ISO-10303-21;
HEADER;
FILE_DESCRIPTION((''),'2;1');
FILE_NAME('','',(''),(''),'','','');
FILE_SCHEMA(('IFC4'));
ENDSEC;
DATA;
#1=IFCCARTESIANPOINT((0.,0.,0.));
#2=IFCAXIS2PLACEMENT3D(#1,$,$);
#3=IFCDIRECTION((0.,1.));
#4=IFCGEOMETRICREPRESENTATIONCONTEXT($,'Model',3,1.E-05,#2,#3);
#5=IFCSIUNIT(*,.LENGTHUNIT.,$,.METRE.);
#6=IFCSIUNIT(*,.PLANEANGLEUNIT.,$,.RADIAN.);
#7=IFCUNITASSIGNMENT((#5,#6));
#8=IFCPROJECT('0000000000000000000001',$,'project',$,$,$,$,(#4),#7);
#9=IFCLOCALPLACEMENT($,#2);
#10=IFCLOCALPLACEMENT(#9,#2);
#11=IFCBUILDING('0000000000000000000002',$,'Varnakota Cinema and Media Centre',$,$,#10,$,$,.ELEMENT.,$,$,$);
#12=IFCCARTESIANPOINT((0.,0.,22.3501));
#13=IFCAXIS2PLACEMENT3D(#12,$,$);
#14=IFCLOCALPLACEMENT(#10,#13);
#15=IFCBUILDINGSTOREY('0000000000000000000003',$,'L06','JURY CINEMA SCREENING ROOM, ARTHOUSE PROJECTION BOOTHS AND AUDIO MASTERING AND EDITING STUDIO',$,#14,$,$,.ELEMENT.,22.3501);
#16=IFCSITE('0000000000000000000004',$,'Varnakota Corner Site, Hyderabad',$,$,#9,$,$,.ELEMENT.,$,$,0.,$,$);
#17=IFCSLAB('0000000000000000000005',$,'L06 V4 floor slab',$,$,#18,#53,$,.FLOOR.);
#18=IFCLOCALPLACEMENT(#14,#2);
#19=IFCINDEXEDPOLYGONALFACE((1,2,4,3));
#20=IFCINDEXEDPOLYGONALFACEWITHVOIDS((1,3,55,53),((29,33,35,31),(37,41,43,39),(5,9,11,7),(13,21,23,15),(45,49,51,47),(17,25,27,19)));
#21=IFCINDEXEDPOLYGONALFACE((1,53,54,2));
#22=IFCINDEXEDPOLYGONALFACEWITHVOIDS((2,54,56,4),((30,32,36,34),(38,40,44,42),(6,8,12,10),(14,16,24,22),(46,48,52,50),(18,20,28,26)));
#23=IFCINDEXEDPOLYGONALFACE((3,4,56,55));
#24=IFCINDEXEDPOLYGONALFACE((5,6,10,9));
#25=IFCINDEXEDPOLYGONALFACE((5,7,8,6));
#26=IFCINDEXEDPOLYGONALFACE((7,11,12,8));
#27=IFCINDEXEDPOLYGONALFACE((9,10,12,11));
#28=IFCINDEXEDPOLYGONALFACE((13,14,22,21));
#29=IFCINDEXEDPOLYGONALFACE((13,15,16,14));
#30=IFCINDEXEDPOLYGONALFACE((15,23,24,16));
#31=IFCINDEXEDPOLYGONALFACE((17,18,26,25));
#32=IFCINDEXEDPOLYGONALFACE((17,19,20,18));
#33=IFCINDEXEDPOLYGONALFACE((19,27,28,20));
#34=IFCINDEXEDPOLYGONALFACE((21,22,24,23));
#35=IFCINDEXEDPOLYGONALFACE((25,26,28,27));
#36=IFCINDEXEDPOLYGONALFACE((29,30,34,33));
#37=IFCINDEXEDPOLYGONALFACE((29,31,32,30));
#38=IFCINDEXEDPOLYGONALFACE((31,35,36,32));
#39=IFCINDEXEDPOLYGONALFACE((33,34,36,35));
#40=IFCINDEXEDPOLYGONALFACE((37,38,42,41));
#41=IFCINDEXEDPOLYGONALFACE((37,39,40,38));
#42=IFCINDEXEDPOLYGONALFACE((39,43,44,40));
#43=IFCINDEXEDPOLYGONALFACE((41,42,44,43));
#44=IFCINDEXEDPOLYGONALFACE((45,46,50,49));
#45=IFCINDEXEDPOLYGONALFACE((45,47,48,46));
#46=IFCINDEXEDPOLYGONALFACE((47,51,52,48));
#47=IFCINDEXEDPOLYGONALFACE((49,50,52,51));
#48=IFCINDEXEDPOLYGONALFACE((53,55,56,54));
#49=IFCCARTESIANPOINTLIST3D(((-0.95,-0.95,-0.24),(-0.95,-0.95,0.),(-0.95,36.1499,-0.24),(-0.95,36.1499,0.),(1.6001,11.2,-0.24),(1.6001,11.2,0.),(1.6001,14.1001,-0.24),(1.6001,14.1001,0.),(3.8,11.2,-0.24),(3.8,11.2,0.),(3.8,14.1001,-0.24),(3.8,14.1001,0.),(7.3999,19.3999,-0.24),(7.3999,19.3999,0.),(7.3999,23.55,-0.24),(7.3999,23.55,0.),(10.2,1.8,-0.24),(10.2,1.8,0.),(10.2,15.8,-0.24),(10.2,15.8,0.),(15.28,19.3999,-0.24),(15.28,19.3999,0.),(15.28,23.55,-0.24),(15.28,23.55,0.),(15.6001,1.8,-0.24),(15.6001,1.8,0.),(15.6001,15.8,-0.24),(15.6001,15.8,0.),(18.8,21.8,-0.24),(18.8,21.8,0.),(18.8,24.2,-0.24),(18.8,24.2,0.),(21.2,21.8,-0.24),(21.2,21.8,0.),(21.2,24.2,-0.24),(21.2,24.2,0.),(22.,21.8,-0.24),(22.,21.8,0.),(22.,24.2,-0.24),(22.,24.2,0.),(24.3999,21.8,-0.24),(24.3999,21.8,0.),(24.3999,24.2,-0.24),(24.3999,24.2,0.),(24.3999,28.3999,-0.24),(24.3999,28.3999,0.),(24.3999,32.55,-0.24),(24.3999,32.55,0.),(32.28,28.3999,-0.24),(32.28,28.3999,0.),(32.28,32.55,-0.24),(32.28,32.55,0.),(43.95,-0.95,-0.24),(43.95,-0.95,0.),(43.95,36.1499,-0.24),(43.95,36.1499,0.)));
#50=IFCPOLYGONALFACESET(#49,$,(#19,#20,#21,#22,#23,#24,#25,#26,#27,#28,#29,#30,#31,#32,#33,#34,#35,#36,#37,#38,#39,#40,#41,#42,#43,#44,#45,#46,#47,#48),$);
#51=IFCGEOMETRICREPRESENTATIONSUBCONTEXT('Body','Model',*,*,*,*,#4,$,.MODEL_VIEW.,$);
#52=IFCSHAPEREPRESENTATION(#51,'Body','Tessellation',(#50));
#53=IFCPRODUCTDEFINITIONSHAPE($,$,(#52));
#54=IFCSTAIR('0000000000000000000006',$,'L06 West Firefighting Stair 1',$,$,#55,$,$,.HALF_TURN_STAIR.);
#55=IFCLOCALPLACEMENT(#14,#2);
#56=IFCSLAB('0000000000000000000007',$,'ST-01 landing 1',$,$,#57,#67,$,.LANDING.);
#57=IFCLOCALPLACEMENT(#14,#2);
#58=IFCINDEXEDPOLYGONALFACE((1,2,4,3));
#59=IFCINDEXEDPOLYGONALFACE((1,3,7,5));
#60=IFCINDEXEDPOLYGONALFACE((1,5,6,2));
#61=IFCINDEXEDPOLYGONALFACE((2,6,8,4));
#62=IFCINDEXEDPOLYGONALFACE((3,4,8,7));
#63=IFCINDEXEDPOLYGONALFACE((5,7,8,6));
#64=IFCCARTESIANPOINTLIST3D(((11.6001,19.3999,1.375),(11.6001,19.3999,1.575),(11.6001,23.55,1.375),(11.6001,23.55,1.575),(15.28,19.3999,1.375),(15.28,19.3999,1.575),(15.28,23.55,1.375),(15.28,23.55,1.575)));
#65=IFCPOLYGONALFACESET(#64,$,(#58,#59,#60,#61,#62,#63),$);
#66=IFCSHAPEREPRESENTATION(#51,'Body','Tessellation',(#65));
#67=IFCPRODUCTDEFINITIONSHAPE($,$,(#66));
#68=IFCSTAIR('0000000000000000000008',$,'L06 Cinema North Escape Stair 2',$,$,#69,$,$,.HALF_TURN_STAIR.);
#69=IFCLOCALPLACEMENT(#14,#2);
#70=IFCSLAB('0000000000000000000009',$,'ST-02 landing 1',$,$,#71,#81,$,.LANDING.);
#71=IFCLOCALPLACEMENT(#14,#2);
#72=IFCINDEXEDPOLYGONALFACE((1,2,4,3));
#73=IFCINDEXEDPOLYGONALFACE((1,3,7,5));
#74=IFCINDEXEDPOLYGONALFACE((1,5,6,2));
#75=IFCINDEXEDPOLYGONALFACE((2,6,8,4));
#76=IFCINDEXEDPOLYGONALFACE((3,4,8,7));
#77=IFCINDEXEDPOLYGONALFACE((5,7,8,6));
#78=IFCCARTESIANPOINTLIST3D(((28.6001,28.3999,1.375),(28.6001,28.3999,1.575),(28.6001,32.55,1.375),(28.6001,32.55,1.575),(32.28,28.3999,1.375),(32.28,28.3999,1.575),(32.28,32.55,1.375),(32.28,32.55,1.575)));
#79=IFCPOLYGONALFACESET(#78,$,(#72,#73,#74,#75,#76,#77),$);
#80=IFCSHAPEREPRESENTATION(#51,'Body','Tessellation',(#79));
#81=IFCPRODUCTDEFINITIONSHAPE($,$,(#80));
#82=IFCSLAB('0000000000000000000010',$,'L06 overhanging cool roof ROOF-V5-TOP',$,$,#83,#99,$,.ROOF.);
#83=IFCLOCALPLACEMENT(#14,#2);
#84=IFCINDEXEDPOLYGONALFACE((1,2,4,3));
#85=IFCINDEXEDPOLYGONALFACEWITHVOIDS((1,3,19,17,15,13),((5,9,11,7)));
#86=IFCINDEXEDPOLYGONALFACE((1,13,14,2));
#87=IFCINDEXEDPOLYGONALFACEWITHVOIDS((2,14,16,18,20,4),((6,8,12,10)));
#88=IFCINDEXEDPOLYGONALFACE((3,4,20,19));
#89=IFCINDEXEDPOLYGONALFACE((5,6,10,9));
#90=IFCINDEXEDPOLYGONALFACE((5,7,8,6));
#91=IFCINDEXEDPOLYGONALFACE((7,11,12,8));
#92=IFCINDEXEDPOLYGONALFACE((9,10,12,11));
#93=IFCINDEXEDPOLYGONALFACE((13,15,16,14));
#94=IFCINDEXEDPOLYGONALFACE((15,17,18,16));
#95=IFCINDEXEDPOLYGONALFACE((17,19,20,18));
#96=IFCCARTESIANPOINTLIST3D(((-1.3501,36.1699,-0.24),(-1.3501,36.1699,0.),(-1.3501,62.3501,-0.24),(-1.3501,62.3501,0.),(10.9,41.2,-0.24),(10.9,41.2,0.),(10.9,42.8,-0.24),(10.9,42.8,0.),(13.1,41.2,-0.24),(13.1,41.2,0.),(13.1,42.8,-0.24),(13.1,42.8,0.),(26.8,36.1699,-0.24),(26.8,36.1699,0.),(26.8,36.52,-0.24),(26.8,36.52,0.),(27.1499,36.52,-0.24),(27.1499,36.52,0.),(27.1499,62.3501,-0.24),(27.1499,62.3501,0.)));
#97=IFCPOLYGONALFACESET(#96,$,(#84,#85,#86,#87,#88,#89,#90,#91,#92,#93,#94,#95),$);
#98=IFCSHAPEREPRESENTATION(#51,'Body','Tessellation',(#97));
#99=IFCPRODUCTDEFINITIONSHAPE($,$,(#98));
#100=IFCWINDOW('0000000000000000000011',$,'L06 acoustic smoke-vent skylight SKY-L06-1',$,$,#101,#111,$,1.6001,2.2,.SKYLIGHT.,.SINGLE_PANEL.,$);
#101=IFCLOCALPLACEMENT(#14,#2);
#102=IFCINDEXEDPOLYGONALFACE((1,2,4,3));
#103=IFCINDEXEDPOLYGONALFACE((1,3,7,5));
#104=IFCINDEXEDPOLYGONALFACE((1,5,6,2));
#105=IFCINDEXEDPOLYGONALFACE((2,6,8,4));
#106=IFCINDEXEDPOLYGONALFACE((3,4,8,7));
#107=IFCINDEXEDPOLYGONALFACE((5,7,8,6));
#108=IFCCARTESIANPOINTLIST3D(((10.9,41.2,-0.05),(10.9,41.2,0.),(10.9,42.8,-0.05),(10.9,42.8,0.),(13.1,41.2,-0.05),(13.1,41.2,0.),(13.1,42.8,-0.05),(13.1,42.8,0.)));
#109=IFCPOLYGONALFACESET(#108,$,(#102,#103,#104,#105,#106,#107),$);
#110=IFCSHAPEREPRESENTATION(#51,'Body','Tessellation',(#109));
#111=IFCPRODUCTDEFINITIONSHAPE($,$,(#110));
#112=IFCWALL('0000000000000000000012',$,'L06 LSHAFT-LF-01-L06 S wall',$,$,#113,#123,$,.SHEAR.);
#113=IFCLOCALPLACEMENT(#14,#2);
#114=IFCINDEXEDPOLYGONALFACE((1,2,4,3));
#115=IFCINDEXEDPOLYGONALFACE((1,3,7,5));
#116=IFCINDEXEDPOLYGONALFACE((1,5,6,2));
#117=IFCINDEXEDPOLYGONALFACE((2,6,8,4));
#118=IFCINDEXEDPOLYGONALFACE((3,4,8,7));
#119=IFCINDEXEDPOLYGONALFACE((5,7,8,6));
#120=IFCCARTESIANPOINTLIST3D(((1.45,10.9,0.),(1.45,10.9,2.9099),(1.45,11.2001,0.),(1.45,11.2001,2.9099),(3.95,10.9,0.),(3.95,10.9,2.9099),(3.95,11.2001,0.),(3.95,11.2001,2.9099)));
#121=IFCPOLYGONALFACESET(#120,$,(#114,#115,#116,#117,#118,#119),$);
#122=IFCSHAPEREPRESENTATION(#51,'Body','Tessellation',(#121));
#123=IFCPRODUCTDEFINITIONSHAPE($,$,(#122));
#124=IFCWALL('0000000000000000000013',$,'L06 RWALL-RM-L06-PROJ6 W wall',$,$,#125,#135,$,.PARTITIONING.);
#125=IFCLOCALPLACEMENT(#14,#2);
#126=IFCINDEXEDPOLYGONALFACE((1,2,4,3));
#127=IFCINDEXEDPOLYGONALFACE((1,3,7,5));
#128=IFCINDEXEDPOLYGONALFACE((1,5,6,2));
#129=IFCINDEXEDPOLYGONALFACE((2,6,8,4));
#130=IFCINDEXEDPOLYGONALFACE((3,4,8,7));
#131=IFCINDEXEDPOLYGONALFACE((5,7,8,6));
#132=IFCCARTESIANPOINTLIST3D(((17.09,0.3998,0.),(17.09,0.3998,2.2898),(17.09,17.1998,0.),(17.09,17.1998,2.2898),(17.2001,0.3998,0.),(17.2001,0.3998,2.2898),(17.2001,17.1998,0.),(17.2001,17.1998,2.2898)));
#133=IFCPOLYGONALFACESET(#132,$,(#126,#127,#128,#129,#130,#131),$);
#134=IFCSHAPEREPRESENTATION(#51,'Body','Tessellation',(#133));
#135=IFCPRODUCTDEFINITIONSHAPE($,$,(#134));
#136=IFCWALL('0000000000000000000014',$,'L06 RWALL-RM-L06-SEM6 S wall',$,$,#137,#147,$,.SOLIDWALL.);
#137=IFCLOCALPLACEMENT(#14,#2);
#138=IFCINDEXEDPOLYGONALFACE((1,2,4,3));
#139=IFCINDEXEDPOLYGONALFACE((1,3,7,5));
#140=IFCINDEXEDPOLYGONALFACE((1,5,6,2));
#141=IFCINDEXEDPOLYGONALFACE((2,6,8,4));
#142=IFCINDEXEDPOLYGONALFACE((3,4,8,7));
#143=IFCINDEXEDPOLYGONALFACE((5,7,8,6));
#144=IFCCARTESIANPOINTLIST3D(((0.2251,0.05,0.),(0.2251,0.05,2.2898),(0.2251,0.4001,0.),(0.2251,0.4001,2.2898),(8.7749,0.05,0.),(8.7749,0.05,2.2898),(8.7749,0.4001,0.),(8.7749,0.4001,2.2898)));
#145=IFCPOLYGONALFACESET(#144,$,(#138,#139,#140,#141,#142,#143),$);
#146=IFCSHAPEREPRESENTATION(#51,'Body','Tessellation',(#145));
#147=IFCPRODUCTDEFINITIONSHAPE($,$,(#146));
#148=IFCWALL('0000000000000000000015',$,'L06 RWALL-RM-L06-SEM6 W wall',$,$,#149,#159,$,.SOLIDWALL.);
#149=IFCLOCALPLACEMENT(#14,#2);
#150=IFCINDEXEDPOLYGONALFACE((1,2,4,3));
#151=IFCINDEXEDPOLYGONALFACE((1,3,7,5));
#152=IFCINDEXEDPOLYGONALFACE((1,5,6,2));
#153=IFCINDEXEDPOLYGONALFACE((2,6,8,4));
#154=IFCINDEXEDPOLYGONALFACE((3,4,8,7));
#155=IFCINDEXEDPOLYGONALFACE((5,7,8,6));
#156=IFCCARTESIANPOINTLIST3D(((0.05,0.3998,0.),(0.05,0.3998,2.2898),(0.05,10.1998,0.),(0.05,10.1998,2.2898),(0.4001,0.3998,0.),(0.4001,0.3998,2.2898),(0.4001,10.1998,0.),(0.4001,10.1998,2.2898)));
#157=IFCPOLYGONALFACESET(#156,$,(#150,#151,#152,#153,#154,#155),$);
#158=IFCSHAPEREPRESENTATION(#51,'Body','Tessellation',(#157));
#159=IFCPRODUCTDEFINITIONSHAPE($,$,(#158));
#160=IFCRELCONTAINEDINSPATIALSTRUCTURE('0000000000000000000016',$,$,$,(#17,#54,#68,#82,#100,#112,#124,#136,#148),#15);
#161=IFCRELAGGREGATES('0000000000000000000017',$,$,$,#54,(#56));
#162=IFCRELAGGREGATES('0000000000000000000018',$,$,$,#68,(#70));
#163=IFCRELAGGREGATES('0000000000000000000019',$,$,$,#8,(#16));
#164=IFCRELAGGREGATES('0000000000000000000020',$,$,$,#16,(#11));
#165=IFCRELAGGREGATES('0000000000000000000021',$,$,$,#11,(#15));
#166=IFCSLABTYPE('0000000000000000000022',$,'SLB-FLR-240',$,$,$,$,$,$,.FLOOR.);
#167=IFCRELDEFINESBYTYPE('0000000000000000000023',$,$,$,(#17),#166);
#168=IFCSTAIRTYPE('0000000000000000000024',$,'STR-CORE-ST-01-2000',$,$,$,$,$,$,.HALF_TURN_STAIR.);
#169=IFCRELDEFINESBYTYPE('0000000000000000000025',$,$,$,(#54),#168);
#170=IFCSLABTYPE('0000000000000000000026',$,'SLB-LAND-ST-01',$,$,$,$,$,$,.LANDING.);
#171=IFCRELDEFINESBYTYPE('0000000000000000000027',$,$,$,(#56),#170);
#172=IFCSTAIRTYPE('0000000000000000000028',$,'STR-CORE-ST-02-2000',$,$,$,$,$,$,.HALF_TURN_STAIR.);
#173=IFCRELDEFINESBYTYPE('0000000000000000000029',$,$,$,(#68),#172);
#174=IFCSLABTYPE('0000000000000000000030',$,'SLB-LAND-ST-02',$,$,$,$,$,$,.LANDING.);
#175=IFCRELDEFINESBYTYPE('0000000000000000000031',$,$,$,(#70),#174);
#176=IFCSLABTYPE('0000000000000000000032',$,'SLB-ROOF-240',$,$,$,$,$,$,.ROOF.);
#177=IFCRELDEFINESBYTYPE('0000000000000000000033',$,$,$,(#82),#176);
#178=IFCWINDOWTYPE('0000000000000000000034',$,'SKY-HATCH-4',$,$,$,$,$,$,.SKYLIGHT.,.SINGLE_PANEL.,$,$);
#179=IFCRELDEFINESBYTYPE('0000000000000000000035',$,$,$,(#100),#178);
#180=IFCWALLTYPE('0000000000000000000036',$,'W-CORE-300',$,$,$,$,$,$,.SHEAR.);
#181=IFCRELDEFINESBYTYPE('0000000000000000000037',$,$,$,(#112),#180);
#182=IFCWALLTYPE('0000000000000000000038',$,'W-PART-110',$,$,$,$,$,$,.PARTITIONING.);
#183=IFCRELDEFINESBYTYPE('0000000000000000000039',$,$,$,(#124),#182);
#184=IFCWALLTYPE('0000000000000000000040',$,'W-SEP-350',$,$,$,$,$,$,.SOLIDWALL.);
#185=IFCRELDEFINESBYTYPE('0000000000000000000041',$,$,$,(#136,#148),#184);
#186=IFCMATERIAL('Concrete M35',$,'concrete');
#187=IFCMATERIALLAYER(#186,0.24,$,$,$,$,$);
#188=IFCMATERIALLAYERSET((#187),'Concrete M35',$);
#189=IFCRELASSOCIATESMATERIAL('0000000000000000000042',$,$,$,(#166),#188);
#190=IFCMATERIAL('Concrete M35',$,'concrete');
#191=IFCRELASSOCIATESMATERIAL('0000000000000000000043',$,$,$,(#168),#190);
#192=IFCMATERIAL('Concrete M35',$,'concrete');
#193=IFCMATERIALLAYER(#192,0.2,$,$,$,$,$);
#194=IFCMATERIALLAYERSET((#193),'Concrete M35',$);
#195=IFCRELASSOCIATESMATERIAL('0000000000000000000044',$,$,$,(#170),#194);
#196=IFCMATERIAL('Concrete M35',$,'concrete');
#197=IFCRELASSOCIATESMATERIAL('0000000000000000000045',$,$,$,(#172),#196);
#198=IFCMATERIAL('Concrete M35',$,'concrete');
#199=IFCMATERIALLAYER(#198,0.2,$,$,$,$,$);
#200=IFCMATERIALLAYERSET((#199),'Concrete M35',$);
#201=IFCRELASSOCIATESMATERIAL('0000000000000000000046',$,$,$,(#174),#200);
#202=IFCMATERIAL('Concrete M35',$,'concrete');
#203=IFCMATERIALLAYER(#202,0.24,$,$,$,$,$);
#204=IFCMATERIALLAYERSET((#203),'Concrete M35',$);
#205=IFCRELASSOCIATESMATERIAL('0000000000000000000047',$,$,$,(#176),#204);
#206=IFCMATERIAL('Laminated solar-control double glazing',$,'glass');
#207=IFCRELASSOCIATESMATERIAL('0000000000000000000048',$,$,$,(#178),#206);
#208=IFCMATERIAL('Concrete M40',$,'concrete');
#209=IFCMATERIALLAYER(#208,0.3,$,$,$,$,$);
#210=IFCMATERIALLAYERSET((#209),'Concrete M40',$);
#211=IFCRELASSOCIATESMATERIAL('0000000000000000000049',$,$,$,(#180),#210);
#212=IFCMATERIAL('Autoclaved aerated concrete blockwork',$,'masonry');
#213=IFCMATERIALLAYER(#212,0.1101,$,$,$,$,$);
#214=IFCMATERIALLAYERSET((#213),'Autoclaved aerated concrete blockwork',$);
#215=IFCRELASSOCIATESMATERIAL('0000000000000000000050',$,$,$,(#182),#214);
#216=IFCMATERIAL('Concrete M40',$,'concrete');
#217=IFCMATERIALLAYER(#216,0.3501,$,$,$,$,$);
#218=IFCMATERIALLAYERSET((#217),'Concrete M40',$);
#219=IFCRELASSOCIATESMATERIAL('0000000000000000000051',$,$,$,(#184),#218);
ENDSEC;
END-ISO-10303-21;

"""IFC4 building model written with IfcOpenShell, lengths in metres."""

from ifc_helpers import new_model, si_unit, direction, frame, frame_2d, origin, origin_2d, place, context, subcontext, project, spatial, polyline, rectangle, outline, extrude, material, layer, layer_set, type_object, element, fill, aggregate, save


model = new_model("IFC4")

# Units and contexts
model_context = context("Model", 3, precision=1e-05, world=origin(), true_north=direction((0.0, 1.0)))
body_context = subcontext(model_context, "Body", "Model", "MODEL_VIEW")
ifc_project = project(units=[si_unit("LENGTHUNIT", "METRE"), si_unit("PLANEANGLEUNIT", "RADIAN")], contexts=[model_context])

# Site, building, storey
site_placement = place(None, origin())
site = spatial("IfcSite", under=ifc_project, at=site_placement, Name="Varnakota Corner Site, Hyderabad", CompositionType="ELEMENT", RefElevation=0.0)
building_placement = place(site_placement, origin())
building = spatial("IfcBuilding", under=site, at=building_placement, Name="Varnakota Cinema and Media Centre", CompositionType="ELEMENT")
storey_placement = place(building_placement, frame((0.0, 0.0, 22.3501)))
storey = spatial("IfcBuildingStorey", under=building, at=storey_placement, Name="L06", Description="JURY CINEMA SCREENING ROOM, ARTHOUSE PROJECTION BOOTHS AND AUDIO MASTERING AND EDITING STUDIO", CompositionType="ELEMENT", Elevation=22.3501)

# Slab
ifc_material_1 = material(Name="Concrete M35", Category="concrete")
ifc_layer_1 = layer(ifc_material_1, 0.24)
ifc_layer_set_1 = layer_set([ifc_layer_1], Name="Concrete M35")
slab_type_1 = type_object("IfcSlabType", Name="SLB-FLR-240", PredefinedType="FLOOR", material=ifc_layer_set_1)
slab_1_placement = place(storey_placement, frame((0.0, 0.0, -0.24)))
element("IfcSlab", 1, at=slab_1_placement, inside=storey, type_object=slab_type_1, Name="L06 V4 floor slab", PredefinedType="FLOOR", context=body_context, shape_type="SweptSolid", body=[
    extrude(outline(polyline([(-0.95, -0.95), (43.95, -0.95), (43.95, 36.1499), (-0.95, 36.1499), (-0.95, -0.95)]), holes=[polyline([(10.2, 1.8), (15.6001, 1.8), (15.6001, 15.8), (10.2, 15.8), (10.2, 1.8)]), polyline([(7.3999, 19.3999), (15.28, 19.3999), (15.28, 23.55), (7.3999, 23.55), (7.3999, 19.3999)]), polyline([(24.3999, 28.3999), (32.28, 28.3999), (32.28, 32.55), (24.3999, 32.55), (24.3999, 28.3999)]), polyline([(1.6001, 11.2), (3.8, 11.2), (3.8, 14.1001), (1.6001, 14.1001), (1.6001, 11.2)]), polyline([(18.8, 21.8), (21.2, 21.8), (21.2, 24.2), (18.8, 24.2), (18.8, 21.8)]), polyline([(22.0, 21.8), (24.3999, 21.8), (24.3999, 24.2), (22.0, 24.2), (22.0, 21.8)])]), origin(), (0.0, 0.0, 1.0), 0.24),
])

# Stairs, slabs
ifc_material_2 = material(Name="Concrete M35", Category="concrete")
stair_type_1 = type_object("IfcStairType", Name="STR-CORE-ST-01-2000", PredefinedType="HALF_TURN_STAIR", material=ifc_material_2)
stair_1_placement = place(storey_placement, origin())
stair_1 = element("IfcStair", 2, at=stair_1_placement, inside=storey, type_object=stair_type_1, Name="L06 West Firefighting Stair 1", PredefinedType="HALF_TURN_STAIR")
ifc_material_3 = material(Name="Concrete M35", Category="concrete")
ifc_layer_2 = layer(ifc_material_3, 0.2)
ifc_layer_set_2 = layer_set([ifc_layer_2], Name="Concrete M35")
slab_type_2 = type_object("IfcSlabType", Name="SLB-LAND-ST-01", PredefinedType="LANDING", material=ifc_layer_set_2)
slab_2_placement = place(storey_placement, frame((0.0, 0.0, 1.375)))
slab_2 = element("IfcSlab", 3, at=slab_2_placement, type_object=slab_type_2, Name="ST-01 landing 1", PredefinedType="LANDING", context=body_context, shape_type="SweptSolid", body=[
    extrude(outline(polyline([(11.6001, 19.3999), (15.28, 19.3999), (15.28, 23.55), (11.6001, 23.55), (11.6001, 19.3999)])), origin(), (0.0, 0.0, 1.0), 0.2),
])
aggregate(stair_1, [slab_2])
ifc_material_4 = material(Name="Concrete M35", Category="concrete")
stair_type_2 = type_object("IfcStairType", Name="STR-CORE-ST-02-2000", PredefinedType="HALF_TURN_STAIR", material=ifc_material_4)
stair_2_placement = place(storey_placement, origin())
stair_2 = element("IfcStair", 4, at=stair_2_placement, inside=storey, type_object=stair_type_2, Name="L06 Cinema North Escape Stair 2", PredefinedType="HALF_TURN_STAIR")
ifc_material_5 = material(Name="Concrete M35", Category="concrete")
ifc_layer_3 = layer(ifc_material_5, 0.2)
ifc_layer_set_3 = layer_set([ifc_layer_3], Name="Concrete M35")
slab_type_3 = type_object("IfcSlabType", Name="SLB-LAND-ST-02", PredefinedType="LANDING", material=ifc_layer_set_3)
slab_3_placement = place(storey_placement, frame((0.0, 0.0, 1.375)))
slab_3 = element("IfcSlab", 5, at=slab_3_placement, type_object=slab_type_3, Name="ST-02 landing 1", PredefinedType="LANDING", context=body_context, shape_type="SweptSolid", body=[
    extrude(outline(polyline([(28.6001, 28.3999), (32.28, 28.3999), (32.28, 32.55), (28.6001, 32.55), (28.6001, 28.3999)])), origin(), (0.0, 0.0, 1.0), 0.2),
])
aggregate(stair_2, [slab_3])

# Slab, opening, window
ifc_material_6 = material(Name="Concrete M35", Category="concrete")
ifc_layer_4 = layer(ifc_material_6, 0.24)
ifc_layer_set_4 = layer_set([ifc_layer_4], Name="Concrete M35")
slab_type_4 = type_object("IfcSlabType", Name="SLB-ROOF-240", PredefinedType="ROOF", material=ifc_layer_set_4)
slab_4_placement = place(storey_placement, frame((0.0, 0.0, -0.24)))
slab_4 = element("IfcSlab", 6, at=slab_4_placement, inside=storey, type_object=slab_type_4, Name="L06 overhanging cool roof ROOF-V5-TOP", PredefinedType="ROOF", context=body_context, shape_type="SweptSolid", body=[
    extrude(outline(polyline([(-1.3501, 36.1699), (26.8, 36.1699), (26.8, 36.52), (27.1499, 36.52), (27.1499, 62.3501), (-1.3501, 62.3501), (-1.3501, 36.1699)])), origin(), (0.0, 0.0, 1.0), 0.24),
])
opening_1_placement = place(slab_4_placement, frame((12.0, 42.0, 0.0)))
opening_1 = element("IfcOpeningElement", 7, at=opening_1_placement, cuts=slab_4, PredefinedType="OPENING", context=body_context, shape_type="SweptSolid", body=[
    extrude(rectangle(XDim=2.2, YDim=1.6001, at=origin_2d()), origin(), (0.0, 0.0, 1.0), 0.24),
])
ifc_material_7 = material(Name="Laminated solar-control double glazing", Category="glass")
window_type = type_object("IfcWindowType", Name="SKY-HATCH-4", PartitioningType="SINGLE_PANEL", PredefinedType="SKYLIGHT", material=ifc_material_7)
window_placement = place(opening_1_placement, frame((0.0, 0.0, 0.1899)))
window = element("IfcWindow", 8, at=window_placement, inside=storey, type_object=window_type, Name="L06 acoustic smoke-vent skylight SKY-L06-1", OverallHeight=1.6001, OverallWidth=2.2, PartitioningType="SINGLE_PANEL", PredefinedType="SKYLIGHT", context=body_context, shape_type="SweptSolid", body=[
    extrude(rectangle(XDim=2.2, YDim=1.6001, at=origin_2d()), origin(), (0.0, 0.0, 1.0), 0.05),
])
fill(opening_1, window)

# Walls
ifc_material_8 = material(Name="Concrete M40", Category="concrete")
ifc_layer_5 = layer(ifc_material_8, 0.3)
ifc_layer_set_5 = layer_set([ifc_layer_5], Name="Concrete M40")
wall_type_1 = type_object("IfcWallType", Name="W-CORE-300", PredefinedType="SHEAR", material=ifc_layer_set_5)
wall_1_placement = place(storey_placement, frame((3.95, 11.05, 0.0), z_axis=(0.0, 0.0, 1.0), x_axis=(-1.0, 0.0, 0.0)))
element("IfcWall", 9, at=wall_1_placement, inside=storey, type_object=wall_type_1, Name="L06 LSHAFT-LF-01-L06 S wall", PredefinedType="SHEAR", context=body_context, shape_type="SweptSolid", body=[
    extrude(rectangle(XDim=2.5, YDim=0.3, at=frame_2d((1.25, 0.0))), origin(), (0.0, 0.0, 1.0), 2.9099),
])
ifc_material_9 = material(Name="Autoclaved aerated concrete blockwork", Category="masonry")
ifc_layer_6 = layer(ifc_material_9, 0.1101)
ifc_layer_set_6 = layer_set([ifc_layer_6], Name="Autoclaved aerated concrete blockwork")
wall_type_2 = type_object("IfcWallType", Name="W-PART-110", PredefinedType="PARTITIONING", material=ifc_layer_set_6)
wall_2_placement = place(storey_placement, frame((17.145, 0.3999, 0.0), z_axis=(0.0, 0.0, 1.0), x_axis=(0.0, 1.0, 0.0)))
element("IfcWall", 10, at=wall_2_placement, inside=storey, type_object=wall_type_2, Name="L06 RWALL-RM-L06-PROJ6 W wall", PredefinedType="PARTITIONING", context=body_context, shape_type="SweptSolid", body=[
    extrude(rectangle(XDim=16.8, YDim=0.1101, at=frame_2d((8.3999, 0.0))), origin(), (0.0, 0.0, 1.0), 2.2898),
])
ifc_material_10 = material(Name="Concrete M40", Category="concrete")
ifc_layer_7 = layer(ifc_material_10, 0.3501)
ifc_layer_set_7 = layer_set([ifc_layer_7], Name="Concrete M40")
wall_type_3 = type_object("IfcWallType", Name="W-SEP-350", PredefinedType="SOLIDWALL", material=ifc_layer_set_7)
wall_3_placement = place(storey_placement, frame((8.7749, 0.2251, 0.0), z_axis=(0.0, 0.0, 1.0), x_axis=(-1.0, 0.0, 0.0)))
element("IfcWall", 11, at=wall_3_placement, inside=storey, type_object=wall_type_3, Name="L06 RWALL-RM-L06-SEM6 S wall", PredefinedType="SOLIDWALL", context=body_context, shape_type="SweptSolid", body=[
    extrude(rectangle(XDim=8.5498, YDim=0.3501, at=frame_2d((4.2749, 0.0))), origin(), (0.0, 0.0, 1.0), 2.2898),
])
wall_4_placement = place(storey_placement, frame((0.2251, 0.3999, 0.0), z_axis=(0.0, 0.0, 1.0), x_axis=(0.0, 1.0, 0.0)))
element("IfcWall", 12, at=wall_4_placement, inside=storey, type_object=wall_type_3, Name="L06 RWALL-RM-L06-SEM6 W wall", PredefinedType="SOLIDWALL", context=body_context, shape_type="SweptSolid", body=[
    extrude(rectangle(XDim=9.8, YDim=0.3501, at=frame_2d((4.8999, 0.0))), origin(), (0.0, 0.0, 1.0), 2.2898),
])

save(model, "model.ifc")
